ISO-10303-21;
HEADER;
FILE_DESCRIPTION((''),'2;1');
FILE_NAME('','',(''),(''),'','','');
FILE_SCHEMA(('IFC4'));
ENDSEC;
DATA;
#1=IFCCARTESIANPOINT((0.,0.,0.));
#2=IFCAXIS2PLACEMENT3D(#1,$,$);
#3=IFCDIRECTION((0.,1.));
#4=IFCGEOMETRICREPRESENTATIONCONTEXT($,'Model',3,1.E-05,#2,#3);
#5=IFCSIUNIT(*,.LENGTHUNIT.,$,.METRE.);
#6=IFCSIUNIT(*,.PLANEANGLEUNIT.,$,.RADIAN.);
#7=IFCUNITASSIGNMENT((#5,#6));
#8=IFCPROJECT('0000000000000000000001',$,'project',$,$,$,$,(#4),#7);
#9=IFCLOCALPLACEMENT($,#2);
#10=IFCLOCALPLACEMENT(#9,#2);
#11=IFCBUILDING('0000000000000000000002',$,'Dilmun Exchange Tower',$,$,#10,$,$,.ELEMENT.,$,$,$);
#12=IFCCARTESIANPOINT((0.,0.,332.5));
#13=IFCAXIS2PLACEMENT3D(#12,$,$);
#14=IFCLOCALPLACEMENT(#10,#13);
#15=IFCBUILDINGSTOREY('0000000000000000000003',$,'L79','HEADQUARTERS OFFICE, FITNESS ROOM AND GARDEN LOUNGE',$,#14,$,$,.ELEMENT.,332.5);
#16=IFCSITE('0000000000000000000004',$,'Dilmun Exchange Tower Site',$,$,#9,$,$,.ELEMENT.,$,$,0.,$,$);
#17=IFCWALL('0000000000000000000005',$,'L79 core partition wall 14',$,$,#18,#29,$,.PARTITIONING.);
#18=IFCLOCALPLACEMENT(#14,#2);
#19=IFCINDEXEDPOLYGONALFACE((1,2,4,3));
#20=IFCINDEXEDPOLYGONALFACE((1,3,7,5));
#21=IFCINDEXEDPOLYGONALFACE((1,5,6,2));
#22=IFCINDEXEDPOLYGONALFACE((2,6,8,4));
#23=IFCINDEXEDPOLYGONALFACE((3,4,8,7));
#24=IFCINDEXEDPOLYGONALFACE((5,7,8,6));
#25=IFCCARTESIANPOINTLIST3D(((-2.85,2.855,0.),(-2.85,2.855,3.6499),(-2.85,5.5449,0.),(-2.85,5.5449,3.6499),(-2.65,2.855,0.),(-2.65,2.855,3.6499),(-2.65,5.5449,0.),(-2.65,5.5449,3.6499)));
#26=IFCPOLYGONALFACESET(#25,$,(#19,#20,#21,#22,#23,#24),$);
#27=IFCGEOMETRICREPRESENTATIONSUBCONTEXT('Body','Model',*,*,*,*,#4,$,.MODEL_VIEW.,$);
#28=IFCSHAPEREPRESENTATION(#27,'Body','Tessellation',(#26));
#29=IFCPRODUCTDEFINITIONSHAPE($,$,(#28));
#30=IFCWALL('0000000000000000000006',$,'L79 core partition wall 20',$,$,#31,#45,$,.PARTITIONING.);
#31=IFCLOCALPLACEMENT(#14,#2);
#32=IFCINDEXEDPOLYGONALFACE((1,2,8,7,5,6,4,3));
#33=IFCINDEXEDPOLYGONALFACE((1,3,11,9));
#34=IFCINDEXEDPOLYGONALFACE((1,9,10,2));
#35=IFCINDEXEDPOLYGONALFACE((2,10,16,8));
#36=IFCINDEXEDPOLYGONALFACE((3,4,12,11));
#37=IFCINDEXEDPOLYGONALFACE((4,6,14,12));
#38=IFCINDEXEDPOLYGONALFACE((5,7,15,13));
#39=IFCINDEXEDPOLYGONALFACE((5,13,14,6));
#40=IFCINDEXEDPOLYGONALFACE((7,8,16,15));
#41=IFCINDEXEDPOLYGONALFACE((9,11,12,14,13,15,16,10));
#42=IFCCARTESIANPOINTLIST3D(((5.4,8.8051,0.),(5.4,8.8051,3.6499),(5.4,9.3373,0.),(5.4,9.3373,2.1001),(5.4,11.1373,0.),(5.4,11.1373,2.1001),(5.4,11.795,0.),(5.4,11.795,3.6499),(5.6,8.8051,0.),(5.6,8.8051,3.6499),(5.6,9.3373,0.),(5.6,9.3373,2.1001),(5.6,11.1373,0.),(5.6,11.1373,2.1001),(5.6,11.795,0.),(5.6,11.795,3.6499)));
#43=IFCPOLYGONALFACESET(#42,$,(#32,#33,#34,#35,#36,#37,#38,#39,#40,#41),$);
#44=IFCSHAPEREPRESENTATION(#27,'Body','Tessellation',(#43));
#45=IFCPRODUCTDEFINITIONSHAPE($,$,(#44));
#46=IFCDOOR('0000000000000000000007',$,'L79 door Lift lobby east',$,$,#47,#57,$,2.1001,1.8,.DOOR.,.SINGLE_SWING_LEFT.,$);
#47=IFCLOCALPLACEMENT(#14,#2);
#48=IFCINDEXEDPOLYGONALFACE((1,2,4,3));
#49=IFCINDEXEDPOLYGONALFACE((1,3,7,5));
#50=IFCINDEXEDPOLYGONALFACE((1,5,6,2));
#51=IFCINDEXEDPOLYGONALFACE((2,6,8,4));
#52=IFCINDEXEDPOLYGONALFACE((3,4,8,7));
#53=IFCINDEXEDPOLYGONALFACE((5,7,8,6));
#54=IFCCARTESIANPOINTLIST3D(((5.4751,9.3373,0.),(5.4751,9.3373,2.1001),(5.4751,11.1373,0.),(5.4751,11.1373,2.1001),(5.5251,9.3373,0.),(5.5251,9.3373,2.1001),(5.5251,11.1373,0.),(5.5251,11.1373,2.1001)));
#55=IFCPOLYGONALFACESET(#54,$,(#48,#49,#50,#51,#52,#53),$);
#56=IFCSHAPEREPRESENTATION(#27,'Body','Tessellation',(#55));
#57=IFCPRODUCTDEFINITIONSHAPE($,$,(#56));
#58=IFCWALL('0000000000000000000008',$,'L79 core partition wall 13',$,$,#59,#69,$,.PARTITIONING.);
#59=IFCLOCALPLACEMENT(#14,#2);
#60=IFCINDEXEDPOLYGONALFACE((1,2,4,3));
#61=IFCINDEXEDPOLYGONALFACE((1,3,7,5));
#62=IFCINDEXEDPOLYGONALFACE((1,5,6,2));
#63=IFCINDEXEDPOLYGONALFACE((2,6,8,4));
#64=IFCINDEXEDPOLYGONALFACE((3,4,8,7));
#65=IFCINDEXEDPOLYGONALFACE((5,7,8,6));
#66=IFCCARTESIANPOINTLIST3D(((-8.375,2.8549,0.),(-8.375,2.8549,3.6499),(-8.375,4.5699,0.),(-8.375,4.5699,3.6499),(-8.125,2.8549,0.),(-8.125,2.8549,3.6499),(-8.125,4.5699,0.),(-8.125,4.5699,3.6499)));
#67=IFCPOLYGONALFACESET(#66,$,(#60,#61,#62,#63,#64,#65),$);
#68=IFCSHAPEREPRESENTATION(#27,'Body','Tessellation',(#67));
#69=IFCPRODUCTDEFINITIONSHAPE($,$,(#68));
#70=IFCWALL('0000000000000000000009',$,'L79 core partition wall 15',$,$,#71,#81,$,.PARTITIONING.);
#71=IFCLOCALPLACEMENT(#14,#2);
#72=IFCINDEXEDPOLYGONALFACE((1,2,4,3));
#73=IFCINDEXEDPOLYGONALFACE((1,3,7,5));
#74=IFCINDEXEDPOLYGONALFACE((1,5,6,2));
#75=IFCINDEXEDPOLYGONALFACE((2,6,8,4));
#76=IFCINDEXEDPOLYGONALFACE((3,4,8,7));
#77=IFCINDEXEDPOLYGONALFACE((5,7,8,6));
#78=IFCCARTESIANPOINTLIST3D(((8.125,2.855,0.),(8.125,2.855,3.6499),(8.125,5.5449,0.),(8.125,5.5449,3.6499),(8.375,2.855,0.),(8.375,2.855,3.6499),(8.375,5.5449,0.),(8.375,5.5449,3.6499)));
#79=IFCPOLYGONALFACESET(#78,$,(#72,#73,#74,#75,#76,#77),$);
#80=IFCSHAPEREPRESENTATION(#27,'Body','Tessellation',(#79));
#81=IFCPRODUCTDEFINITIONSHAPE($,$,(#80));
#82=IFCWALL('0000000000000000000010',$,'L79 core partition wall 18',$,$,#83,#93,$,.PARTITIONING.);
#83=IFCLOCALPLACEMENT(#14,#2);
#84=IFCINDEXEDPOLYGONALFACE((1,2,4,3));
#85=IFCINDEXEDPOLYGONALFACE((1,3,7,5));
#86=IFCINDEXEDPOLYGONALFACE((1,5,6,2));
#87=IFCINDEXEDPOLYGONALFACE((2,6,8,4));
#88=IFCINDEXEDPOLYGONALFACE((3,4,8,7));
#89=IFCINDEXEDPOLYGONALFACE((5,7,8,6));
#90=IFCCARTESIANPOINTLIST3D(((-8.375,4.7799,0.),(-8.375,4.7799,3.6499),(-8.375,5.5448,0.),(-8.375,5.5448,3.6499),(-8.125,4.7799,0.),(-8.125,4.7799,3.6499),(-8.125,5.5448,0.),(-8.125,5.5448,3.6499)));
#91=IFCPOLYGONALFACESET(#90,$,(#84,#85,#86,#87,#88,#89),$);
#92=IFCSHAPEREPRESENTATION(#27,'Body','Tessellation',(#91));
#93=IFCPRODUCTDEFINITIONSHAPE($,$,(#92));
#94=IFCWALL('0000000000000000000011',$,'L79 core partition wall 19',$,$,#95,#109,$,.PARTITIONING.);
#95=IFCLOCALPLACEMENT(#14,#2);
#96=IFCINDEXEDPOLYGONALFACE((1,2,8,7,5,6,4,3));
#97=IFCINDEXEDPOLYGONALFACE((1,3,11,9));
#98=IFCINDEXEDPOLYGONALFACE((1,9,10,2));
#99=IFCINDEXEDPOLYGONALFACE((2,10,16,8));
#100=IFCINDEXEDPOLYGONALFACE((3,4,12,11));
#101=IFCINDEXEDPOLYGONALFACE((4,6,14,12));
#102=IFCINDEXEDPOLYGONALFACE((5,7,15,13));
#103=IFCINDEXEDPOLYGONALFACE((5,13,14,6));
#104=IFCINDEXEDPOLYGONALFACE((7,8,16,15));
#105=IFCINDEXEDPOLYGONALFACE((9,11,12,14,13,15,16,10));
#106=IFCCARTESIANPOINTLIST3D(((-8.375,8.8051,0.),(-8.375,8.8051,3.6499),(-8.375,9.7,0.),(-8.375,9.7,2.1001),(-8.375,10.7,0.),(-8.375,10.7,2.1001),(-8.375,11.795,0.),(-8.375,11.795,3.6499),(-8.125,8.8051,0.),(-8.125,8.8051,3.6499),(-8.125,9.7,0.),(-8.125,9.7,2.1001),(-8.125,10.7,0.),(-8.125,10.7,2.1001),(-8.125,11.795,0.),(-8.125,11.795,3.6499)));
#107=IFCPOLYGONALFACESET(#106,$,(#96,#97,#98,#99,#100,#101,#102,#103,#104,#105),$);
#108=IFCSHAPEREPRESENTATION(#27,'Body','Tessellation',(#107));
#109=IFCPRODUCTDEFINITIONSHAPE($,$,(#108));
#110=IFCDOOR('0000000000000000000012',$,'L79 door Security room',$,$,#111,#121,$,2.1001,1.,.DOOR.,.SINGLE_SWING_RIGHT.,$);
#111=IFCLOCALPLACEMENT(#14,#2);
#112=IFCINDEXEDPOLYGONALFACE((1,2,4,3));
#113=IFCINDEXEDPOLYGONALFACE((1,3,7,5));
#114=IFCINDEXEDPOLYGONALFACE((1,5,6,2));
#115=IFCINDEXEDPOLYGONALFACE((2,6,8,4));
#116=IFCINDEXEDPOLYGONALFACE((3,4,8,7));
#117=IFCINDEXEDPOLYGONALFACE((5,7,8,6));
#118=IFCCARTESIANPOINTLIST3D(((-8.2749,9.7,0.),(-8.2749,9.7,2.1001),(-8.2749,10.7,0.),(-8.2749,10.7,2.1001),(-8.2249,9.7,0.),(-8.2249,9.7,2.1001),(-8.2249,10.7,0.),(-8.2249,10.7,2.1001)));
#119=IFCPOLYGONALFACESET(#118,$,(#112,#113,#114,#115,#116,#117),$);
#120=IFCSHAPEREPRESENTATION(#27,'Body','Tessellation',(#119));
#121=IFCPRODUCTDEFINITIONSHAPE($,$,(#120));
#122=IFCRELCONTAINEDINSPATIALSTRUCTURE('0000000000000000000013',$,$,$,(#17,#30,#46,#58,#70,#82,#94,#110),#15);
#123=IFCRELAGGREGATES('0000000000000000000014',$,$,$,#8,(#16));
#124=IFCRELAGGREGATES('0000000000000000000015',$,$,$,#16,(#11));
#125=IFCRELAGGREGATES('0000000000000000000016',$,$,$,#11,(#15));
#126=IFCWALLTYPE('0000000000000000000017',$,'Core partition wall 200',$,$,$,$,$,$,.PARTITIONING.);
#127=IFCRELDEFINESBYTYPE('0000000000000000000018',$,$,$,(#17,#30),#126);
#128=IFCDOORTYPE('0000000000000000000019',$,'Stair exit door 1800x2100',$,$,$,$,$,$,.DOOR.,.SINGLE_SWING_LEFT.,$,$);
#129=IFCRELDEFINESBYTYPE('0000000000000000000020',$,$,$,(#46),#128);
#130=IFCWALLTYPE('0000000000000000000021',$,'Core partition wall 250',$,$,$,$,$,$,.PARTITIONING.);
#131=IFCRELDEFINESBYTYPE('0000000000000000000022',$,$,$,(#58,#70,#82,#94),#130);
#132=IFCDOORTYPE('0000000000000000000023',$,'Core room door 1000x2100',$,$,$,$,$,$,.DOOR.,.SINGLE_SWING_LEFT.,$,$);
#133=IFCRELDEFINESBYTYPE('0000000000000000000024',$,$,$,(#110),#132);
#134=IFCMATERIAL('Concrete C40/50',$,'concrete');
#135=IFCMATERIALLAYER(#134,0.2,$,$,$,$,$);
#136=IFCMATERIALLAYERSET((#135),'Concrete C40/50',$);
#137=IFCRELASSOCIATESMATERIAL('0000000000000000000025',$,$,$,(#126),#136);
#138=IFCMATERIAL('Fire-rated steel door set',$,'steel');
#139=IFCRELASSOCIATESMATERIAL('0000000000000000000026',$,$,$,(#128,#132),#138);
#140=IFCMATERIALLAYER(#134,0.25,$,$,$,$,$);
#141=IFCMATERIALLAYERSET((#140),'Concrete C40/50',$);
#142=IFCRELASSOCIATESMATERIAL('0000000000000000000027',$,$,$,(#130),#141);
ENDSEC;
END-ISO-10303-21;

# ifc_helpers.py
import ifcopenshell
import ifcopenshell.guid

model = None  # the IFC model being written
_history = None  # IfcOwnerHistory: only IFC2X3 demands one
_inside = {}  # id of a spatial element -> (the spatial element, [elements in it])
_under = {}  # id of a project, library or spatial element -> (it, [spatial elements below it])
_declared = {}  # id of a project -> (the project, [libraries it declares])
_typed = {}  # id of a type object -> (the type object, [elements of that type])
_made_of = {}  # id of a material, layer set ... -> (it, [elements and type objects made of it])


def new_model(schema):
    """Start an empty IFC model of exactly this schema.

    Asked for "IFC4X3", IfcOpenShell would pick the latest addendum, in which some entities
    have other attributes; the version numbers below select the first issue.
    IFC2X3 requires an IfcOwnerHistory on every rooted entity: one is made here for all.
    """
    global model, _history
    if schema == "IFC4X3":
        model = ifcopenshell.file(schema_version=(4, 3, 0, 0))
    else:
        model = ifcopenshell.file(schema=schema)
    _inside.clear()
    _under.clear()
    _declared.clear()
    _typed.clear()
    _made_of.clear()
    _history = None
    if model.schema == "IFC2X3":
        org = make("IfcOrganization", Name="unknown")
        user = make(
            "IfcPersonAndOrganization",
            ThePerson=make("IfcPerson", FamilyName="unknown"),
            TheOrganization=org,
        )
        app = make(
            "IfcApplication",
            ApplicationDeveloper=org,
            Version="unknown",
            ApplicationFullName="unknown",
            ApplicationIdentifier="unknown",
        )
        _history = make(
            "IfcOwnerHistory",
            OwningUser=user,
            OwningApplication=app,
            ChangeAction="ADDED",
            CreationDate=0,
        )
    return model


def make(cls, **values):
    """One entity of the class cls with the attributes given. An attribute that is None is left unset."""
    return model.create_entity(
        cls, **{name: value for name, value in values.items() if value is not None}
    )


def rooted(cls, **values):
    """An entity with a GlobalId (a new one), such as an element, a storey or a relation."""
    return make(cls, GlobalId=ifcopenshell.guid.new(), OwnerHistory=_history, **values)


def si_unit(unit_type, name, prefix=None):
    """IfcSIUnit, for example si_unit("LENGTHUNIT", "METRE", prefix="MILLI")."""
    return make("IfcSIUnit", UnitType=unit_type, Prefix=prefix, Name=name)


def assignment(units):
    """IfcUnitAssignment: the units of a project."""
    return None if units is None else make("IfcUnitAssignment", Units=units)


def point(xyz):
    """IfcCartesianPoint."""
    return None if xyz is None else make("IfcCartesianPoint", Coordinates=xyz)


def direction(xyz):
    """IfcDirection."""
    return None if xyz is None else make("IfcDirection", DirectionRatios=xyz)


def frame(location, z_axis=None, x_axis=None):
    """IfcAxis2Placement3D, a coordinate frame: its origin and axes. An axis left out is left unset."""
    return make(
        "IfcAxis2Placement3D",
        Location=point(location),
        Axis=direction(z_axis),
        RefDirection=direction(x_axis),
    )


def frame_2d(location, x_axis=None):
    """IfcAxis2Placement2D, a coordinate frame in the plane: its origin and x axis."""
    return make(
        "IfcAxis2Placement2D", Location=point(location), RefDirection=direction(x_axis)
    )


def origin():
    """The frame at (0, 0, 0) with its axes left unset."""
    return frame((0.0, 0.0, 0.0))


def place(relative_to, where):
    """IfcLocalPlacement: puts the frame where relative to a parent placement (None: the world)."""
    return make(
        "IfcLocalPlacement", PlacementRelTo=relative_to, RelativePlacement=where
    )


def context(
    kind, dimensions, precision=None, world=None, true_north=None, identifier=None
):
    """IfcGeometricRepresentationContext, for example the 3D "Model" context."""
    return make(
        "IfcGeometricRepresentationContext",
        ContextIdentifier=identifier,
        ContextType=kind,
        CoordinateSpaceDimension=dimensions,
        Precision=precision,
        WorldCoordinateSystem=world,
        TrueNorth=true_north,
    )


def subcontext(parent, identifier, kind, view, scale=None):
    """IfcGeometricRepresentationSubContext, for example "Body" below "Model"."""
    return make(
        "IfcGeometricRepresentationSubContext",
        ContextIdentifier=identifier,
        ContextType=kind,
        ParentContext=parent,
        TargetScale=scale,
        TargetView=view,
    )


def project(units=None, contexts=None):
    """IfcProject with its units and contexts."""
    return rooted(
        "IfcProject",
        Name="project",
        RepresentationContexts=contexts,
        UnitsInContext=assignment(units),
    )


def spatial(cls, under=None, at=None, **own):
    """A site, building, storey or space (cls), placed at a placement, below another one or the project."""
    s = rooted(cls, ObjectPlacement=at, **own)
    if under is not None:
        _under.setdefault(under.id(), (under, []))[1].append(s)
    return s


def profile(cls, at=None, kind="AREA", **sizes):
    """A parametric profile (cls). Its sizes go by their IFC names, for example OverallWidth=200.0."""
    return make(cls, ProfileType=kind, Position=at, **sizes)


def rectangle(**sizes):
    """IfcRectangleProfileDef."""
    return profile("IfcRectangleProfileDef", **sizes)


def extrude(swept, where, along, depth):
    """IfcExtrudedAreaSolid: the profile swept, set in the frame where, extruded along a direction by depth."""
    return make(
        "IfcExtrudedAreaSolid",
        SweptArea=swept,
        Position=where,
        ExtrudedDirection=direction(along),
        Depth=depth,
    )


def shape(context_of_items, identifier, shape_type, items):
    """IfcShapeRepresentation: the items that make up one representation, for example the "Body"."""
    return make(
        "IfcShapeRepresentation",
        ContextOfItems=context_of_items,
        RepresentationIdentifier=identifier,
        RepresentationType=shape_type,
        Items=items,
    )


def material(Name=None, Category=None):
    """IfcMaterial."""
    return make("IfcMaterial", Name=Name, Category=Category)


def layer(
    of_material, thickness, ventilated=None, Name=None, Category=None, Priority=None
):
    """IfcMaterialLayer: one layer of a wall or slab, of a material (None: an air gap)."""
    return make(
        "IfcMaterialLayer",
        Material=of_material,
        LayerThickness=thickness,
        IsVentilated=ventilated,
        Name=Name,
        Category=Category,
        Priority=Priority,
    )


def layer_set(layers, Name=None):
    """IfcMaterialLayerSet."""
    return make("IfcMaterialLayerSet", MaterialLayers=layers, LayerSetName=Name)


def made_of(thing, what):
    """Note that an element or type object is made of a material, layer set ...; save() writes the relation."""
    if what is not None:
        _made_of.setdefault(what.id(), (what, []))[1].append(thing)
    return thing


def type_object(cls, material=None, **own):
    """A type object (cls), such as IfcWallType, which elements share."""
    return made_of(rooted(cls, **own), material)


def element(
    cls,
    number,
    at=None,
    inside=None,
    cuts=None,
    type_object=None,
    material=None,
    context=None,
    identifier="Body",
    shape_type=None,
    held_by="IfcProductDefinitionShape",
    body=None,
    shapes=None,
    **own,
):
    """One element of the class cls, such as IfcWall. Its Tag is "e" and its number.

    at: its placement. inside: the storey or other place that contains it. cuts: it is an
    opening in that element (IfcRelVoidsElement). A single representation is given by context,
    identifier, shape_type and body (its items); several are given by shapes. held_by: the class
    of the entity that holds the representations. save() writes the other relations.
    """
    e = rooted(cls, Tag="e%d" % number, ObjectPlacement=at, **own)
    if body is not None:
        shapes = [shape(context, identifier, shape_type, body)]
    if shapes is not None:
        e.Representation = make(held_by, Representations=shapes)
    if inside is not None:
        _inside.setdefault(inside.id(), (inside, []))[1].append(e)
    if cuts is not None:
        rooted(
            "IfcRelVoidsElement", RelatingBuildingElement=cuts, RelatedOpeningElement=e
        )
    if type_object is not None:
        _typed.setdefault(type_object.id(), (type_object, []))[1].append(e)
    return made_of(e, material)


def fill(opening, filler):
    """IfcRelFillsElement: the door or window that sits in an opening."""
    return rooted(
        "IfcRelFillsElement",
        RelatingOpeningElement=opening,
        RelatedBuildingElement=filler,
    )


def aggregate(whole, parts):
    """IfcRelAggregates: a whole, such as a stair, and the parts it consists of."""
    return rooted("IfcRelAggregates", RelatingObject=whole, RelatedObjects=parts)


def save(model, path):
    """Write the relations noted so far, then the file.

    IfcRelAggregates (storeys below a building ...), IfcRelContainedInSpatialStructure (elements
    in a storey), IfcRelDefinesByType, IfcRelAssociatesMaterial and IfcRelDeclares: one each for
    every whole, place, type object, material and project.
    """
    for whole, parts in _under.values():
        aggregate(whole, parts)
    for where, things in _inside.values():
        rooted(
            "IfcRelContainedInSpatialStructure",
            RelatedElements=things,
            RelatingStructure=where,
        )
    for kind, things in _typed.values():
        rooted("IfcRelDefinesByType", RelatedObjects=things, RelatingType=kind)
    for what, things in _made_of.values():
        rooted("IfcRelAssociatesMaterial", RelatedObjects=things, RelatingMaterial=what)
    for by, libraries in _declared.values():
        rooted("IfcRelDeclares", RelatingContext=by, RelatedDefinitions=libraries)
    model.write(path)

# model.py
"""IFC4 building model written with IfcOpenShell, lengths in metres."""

from ifc_helpers import new_model, si_unit, direction, frame, frame_2d, origin, place, context, subcontext, project, spatial, rectangle, extrude, material, layer, layer_set, type_object, element, fill, save


model = new_model("IFC4")

# Units and contexts
model_context = context("Model", 3, precision=1e-05, world=origin(), true_north=direction((0.0, 1.0)))
body_context = subcontext(model_context, "Body", "Model", "MODEL_VIEW")
ifc_project = project(units=[si_unit("LENGTHUNIT", "METRE"), si_unit("PLANEANGLEUNIT", "RADIAN")], contexts=[model_context])

# Site, building, storey
site_placement = place(None, origin())
site = spatial("IfcSite", under=ifc_project, at=site_placement, Name="Dilmun Exchange Tower Site", CompositionType="ELEMENT", RefElevation=0.0)
building_placement = place(site_placement, origin())
building = spatial("IfcBuilding", under=site, at=building_placement, Name="Dilmun Exchange Tower", CompositionType="ELEMENT")
storey_placement = place(building_placement, frame((0.0, 0.0, 332.5)))
storey = spatial("IfcBuildingStorey", under=building, at=storey_placement, Name="L79", Description="HEADQUARTERS OFFICE, FITNESS ROOM AND GARDEN LOUNGE", CompositionType="ELEMENT", Elevation=332.5)

# Wall
ifc_material_1 = material(Name="Concrete C40/50", Category="concrete")
ifc_layer_1 = layer(ifc_material_1, 0.2)
ifc_layer_set_1 = layer_set([ifc_layer_1], Name="Concrete C40/50")
wall_type_1 = type_object("IfcWallType", Name="Core partition wall 200", PredefinedType="PARTITIONING", material=ifc_layer_set_1)
wall_1_placement = place(storey_placement, frame((-2.75, 2.855, 0.0), z_axis=(0.0, 0.0, 1.0), x_axis=(0.0, 1.0, 0.0)))
element("IfcWall", 1, at=wall_1_placement, inside=storey, type_object=wall_type_1, Name="L79 core partition wall 14", PredefinedType="PARTITIONING", context=body_context, shape_type="SweptSolid", body=[
    extrude(rectangle(XDim=2.6899, YDim=0.2, at=frame_2d((1.345, 0.0))), origin(), (0.0, 0.0, 1.0), 3.6499),
])

# Wall, opening, door
wall_2_placement = place(storey_placement, frame((5.5, 8.8049, 0.0), z_axis=(0.0, 0.0, 1.0), x_axis=(0.0, 1.0, 0.0)))
wall_2 = element("IfcWall", 2, at=wall_2_placement, inside=storey, type_object=wall_type_1, Name="L79 core partition wall 20", PredefinedType="PARTITIONING", context=body_context, shape_type="SweptSolid", body=[
    extrude(rectangle(XDim=2.99, YDim=0.2, at=frame_2d((1.4951, 0.0))), origin(), (0.0, 0.0, 1.0), 3.6499),
])
opening_1_placement = place(wall_2_placement, frame((0.5325, 0.0, 0.0)))
opening_1 = element("IfcOpeningElement", 3, at=opening_1_placement, cuts=wall_2, PredefinedType="OPENING", context=body_context, shape_type="SweptSolid", body=[
    extrude(rectangle(XDim=1.8, YDim=2.1001, at=frame_2d((0.8999, 1.05))), frame((0.0, 0.1099, 0.0), z_axis=(0.0, -1.0, 0.0), x_axis=(1.0, 0.0, 0.0)), (0.0, 0.0, 1.0), 0.22),
])
ifc_material_2 = material(Name="Fire-rated steel door set", Category="steel")
door_type_1 = type_object("IfcDoorType", Name="Stair exit door 1800x2100", OperationType="SINGLE_SWING_LEFT", PredefinedType="DOOR", material=ifc_material_2)
door_1_placement = place(opening_1_placement, origin())
door_1 = element("IfcDoor", 4, at=door_1_placement, inside=storey, type_object=door_type_1, Name="L79 door Lift lobby east", OperationType="SINGLE_SWING_LEFT", OverallHeight=2.1001, OverallWidth=1.8, PredefinedType="DOOR", context=body_context, shape_type="SweptSolid", body=[
    extrude(rectangle(XDim=1.8, YDim=2.1001, at=frame_2d((0.8999, 1.05))), frame((0.0, 0.0249, 0.0), z_axis=(0.0, -1.0, 0.0), x_axis=(1.0, 0.0, 0.0)), (0.0, 0.0, 1.0), 0.05),
])
fill(opening_1, door_1)

# Walls
ifc_layer_2 = layer(ifc_material_1, 0.25)
ifc_layer_set_2 = layer_set([ifc_layer_2], Name="Concrete C40/50")
wall_type_2 = type_object("IfcWallType", Name="Core partition wall 250", PredefinedType="PARTITIONING", material=ifc_layer_set_2)
wall_3_placement = place(storey_placement, frame((-8.25, 2.855, 0.0), z_axis=(0.0, 0.0, 1.0), x_axis=(0.0, 1.0, 0.0)))
element("IfcWall", 5, at=wall_3_placement, inside=storey, type_object=wall_type_2, Name="L79 core partition wall 13", PredefinedType="PARTITIONING", context=body_context, shape_type="SweptSolid", body=[
    extrude(rectangle(XDim=1.7151, YDim=0.25, at=frame_2d((0.8574, 0.0))), origin(), (0.0, 0.0, 1.0), 3.6499),
])
wall_4_placement = place(storey_placement, frame((8.25, 2.855, 0.0), z_axis=(0.0, 0.0, 1.0), x_axis=(0.0, 1.0, 0.0)))
element("IfcWall", 6, at=wall_4_placement, inside=storey, type_object=wall_type_2, Name="L79 core partition wall 15", PredefinedType="PARTITIONING", context=body_context, shape_type="SweptSolid", body=[
    extrude(rectangle(XDim=2.6899, YDim=0.25, at=frame_2d((1.345, 0.0))), origin(), (0.0, 0.0, 1.0), 3.6499),
])
wall_5_placement = place(storey_placement, frame((-8.25, 4.78, 0.0), z_axis=(0.0, 0.0, 1.0), x_axis=(0.0, 1.0, 0.0)))
element("IfcWall", 7, at=wall_5_placement, inside=storey, type_object=wall_type_2, Name="L79 core partition wall 18", PredefinedType="PARTITIONING", context=body_context, shape_type="SweptSolid", body=[
    extrude(rectangle(XDim=0.7649, YDim=0.25, at=frame_2d((0.3823, 0.0))), origin(), (0.0, 0.0, 1.0), 3.6499),
])

# Wall, opening, door
wall_6_placement = place(storey_placement, frame((-8.25, 8.8049, 0.0), z_axis=(0.0, 0.0, 1.0), x_axis=(0.0, 1.0, 0.0)))
wall_6 = element("IfcWall", 8, at=wall_6_placement, inside=storey, type_object=wall_type_2, Name="L79 core partition wall 19", PredefinedType="PARTITIONING", context=body_context, shape_type="SweptSolid", body=[
    extrude(rectangle(XDim=2.99, YDim=0.25, at=frame_2d((1.4951, 0.0))), origin(), (0.0, 0.0, 1.0), 3.6499),
])
opening_2_placement = place(wall_6_placement, frame((0.895, 0.0, 0.0)))
opening_2 = element("IfcOpeningElement", 9, at=opening_2_placement, cuts=wall_6, PredefinedType="OPENING", context=body_context, shape_type="SweptSolid", body=[
    extrude(rectangle(XDim=1.0, YDim=2.1001, at=frame_2d((0.5, 1.05))), frame((0.0, 0.135, 0.0), z_axis=(0.0, -1.0, 0.0), x_axis=(1.0, 0.0, 0.0)), (0.0, 0.0, 1.0), 0.27),
])
door_type_2 = type_object("IfcDoorType", Name="Core room door 1000x2100", OperationType="SINGLE_SWING_LEFT", PredefinedType="DOOR", material=ifc_material_2)
door_2_placement = place(opening_2_placement, origin())
door_2 = element("IfcDoor", 10, at=door_2_placement, inside=storey, type_object=door_type_2, Name="L79 door Security room", OperationType="SINGLE_SWING_RIGHT", OverallHeight=2.1001, OverallWidth=1.0, PredefinedType="DOOR", context=body_context, shape_type="SweptSolid", body=[
    extrude(rectangle(XDim=1.0, YDim=2.1001, at=frame_2d((0.5, 1.05))), frame((0.0, 0.0249, 0.0), z_axis=(0.0, -1.0, 0.0), x_axis=(1.0, 0.0, 0.0)), (0.0, 0.0, 1.0), 0.05),
])
fill(opening_2, door_2)

save(model, "model.ifc")
